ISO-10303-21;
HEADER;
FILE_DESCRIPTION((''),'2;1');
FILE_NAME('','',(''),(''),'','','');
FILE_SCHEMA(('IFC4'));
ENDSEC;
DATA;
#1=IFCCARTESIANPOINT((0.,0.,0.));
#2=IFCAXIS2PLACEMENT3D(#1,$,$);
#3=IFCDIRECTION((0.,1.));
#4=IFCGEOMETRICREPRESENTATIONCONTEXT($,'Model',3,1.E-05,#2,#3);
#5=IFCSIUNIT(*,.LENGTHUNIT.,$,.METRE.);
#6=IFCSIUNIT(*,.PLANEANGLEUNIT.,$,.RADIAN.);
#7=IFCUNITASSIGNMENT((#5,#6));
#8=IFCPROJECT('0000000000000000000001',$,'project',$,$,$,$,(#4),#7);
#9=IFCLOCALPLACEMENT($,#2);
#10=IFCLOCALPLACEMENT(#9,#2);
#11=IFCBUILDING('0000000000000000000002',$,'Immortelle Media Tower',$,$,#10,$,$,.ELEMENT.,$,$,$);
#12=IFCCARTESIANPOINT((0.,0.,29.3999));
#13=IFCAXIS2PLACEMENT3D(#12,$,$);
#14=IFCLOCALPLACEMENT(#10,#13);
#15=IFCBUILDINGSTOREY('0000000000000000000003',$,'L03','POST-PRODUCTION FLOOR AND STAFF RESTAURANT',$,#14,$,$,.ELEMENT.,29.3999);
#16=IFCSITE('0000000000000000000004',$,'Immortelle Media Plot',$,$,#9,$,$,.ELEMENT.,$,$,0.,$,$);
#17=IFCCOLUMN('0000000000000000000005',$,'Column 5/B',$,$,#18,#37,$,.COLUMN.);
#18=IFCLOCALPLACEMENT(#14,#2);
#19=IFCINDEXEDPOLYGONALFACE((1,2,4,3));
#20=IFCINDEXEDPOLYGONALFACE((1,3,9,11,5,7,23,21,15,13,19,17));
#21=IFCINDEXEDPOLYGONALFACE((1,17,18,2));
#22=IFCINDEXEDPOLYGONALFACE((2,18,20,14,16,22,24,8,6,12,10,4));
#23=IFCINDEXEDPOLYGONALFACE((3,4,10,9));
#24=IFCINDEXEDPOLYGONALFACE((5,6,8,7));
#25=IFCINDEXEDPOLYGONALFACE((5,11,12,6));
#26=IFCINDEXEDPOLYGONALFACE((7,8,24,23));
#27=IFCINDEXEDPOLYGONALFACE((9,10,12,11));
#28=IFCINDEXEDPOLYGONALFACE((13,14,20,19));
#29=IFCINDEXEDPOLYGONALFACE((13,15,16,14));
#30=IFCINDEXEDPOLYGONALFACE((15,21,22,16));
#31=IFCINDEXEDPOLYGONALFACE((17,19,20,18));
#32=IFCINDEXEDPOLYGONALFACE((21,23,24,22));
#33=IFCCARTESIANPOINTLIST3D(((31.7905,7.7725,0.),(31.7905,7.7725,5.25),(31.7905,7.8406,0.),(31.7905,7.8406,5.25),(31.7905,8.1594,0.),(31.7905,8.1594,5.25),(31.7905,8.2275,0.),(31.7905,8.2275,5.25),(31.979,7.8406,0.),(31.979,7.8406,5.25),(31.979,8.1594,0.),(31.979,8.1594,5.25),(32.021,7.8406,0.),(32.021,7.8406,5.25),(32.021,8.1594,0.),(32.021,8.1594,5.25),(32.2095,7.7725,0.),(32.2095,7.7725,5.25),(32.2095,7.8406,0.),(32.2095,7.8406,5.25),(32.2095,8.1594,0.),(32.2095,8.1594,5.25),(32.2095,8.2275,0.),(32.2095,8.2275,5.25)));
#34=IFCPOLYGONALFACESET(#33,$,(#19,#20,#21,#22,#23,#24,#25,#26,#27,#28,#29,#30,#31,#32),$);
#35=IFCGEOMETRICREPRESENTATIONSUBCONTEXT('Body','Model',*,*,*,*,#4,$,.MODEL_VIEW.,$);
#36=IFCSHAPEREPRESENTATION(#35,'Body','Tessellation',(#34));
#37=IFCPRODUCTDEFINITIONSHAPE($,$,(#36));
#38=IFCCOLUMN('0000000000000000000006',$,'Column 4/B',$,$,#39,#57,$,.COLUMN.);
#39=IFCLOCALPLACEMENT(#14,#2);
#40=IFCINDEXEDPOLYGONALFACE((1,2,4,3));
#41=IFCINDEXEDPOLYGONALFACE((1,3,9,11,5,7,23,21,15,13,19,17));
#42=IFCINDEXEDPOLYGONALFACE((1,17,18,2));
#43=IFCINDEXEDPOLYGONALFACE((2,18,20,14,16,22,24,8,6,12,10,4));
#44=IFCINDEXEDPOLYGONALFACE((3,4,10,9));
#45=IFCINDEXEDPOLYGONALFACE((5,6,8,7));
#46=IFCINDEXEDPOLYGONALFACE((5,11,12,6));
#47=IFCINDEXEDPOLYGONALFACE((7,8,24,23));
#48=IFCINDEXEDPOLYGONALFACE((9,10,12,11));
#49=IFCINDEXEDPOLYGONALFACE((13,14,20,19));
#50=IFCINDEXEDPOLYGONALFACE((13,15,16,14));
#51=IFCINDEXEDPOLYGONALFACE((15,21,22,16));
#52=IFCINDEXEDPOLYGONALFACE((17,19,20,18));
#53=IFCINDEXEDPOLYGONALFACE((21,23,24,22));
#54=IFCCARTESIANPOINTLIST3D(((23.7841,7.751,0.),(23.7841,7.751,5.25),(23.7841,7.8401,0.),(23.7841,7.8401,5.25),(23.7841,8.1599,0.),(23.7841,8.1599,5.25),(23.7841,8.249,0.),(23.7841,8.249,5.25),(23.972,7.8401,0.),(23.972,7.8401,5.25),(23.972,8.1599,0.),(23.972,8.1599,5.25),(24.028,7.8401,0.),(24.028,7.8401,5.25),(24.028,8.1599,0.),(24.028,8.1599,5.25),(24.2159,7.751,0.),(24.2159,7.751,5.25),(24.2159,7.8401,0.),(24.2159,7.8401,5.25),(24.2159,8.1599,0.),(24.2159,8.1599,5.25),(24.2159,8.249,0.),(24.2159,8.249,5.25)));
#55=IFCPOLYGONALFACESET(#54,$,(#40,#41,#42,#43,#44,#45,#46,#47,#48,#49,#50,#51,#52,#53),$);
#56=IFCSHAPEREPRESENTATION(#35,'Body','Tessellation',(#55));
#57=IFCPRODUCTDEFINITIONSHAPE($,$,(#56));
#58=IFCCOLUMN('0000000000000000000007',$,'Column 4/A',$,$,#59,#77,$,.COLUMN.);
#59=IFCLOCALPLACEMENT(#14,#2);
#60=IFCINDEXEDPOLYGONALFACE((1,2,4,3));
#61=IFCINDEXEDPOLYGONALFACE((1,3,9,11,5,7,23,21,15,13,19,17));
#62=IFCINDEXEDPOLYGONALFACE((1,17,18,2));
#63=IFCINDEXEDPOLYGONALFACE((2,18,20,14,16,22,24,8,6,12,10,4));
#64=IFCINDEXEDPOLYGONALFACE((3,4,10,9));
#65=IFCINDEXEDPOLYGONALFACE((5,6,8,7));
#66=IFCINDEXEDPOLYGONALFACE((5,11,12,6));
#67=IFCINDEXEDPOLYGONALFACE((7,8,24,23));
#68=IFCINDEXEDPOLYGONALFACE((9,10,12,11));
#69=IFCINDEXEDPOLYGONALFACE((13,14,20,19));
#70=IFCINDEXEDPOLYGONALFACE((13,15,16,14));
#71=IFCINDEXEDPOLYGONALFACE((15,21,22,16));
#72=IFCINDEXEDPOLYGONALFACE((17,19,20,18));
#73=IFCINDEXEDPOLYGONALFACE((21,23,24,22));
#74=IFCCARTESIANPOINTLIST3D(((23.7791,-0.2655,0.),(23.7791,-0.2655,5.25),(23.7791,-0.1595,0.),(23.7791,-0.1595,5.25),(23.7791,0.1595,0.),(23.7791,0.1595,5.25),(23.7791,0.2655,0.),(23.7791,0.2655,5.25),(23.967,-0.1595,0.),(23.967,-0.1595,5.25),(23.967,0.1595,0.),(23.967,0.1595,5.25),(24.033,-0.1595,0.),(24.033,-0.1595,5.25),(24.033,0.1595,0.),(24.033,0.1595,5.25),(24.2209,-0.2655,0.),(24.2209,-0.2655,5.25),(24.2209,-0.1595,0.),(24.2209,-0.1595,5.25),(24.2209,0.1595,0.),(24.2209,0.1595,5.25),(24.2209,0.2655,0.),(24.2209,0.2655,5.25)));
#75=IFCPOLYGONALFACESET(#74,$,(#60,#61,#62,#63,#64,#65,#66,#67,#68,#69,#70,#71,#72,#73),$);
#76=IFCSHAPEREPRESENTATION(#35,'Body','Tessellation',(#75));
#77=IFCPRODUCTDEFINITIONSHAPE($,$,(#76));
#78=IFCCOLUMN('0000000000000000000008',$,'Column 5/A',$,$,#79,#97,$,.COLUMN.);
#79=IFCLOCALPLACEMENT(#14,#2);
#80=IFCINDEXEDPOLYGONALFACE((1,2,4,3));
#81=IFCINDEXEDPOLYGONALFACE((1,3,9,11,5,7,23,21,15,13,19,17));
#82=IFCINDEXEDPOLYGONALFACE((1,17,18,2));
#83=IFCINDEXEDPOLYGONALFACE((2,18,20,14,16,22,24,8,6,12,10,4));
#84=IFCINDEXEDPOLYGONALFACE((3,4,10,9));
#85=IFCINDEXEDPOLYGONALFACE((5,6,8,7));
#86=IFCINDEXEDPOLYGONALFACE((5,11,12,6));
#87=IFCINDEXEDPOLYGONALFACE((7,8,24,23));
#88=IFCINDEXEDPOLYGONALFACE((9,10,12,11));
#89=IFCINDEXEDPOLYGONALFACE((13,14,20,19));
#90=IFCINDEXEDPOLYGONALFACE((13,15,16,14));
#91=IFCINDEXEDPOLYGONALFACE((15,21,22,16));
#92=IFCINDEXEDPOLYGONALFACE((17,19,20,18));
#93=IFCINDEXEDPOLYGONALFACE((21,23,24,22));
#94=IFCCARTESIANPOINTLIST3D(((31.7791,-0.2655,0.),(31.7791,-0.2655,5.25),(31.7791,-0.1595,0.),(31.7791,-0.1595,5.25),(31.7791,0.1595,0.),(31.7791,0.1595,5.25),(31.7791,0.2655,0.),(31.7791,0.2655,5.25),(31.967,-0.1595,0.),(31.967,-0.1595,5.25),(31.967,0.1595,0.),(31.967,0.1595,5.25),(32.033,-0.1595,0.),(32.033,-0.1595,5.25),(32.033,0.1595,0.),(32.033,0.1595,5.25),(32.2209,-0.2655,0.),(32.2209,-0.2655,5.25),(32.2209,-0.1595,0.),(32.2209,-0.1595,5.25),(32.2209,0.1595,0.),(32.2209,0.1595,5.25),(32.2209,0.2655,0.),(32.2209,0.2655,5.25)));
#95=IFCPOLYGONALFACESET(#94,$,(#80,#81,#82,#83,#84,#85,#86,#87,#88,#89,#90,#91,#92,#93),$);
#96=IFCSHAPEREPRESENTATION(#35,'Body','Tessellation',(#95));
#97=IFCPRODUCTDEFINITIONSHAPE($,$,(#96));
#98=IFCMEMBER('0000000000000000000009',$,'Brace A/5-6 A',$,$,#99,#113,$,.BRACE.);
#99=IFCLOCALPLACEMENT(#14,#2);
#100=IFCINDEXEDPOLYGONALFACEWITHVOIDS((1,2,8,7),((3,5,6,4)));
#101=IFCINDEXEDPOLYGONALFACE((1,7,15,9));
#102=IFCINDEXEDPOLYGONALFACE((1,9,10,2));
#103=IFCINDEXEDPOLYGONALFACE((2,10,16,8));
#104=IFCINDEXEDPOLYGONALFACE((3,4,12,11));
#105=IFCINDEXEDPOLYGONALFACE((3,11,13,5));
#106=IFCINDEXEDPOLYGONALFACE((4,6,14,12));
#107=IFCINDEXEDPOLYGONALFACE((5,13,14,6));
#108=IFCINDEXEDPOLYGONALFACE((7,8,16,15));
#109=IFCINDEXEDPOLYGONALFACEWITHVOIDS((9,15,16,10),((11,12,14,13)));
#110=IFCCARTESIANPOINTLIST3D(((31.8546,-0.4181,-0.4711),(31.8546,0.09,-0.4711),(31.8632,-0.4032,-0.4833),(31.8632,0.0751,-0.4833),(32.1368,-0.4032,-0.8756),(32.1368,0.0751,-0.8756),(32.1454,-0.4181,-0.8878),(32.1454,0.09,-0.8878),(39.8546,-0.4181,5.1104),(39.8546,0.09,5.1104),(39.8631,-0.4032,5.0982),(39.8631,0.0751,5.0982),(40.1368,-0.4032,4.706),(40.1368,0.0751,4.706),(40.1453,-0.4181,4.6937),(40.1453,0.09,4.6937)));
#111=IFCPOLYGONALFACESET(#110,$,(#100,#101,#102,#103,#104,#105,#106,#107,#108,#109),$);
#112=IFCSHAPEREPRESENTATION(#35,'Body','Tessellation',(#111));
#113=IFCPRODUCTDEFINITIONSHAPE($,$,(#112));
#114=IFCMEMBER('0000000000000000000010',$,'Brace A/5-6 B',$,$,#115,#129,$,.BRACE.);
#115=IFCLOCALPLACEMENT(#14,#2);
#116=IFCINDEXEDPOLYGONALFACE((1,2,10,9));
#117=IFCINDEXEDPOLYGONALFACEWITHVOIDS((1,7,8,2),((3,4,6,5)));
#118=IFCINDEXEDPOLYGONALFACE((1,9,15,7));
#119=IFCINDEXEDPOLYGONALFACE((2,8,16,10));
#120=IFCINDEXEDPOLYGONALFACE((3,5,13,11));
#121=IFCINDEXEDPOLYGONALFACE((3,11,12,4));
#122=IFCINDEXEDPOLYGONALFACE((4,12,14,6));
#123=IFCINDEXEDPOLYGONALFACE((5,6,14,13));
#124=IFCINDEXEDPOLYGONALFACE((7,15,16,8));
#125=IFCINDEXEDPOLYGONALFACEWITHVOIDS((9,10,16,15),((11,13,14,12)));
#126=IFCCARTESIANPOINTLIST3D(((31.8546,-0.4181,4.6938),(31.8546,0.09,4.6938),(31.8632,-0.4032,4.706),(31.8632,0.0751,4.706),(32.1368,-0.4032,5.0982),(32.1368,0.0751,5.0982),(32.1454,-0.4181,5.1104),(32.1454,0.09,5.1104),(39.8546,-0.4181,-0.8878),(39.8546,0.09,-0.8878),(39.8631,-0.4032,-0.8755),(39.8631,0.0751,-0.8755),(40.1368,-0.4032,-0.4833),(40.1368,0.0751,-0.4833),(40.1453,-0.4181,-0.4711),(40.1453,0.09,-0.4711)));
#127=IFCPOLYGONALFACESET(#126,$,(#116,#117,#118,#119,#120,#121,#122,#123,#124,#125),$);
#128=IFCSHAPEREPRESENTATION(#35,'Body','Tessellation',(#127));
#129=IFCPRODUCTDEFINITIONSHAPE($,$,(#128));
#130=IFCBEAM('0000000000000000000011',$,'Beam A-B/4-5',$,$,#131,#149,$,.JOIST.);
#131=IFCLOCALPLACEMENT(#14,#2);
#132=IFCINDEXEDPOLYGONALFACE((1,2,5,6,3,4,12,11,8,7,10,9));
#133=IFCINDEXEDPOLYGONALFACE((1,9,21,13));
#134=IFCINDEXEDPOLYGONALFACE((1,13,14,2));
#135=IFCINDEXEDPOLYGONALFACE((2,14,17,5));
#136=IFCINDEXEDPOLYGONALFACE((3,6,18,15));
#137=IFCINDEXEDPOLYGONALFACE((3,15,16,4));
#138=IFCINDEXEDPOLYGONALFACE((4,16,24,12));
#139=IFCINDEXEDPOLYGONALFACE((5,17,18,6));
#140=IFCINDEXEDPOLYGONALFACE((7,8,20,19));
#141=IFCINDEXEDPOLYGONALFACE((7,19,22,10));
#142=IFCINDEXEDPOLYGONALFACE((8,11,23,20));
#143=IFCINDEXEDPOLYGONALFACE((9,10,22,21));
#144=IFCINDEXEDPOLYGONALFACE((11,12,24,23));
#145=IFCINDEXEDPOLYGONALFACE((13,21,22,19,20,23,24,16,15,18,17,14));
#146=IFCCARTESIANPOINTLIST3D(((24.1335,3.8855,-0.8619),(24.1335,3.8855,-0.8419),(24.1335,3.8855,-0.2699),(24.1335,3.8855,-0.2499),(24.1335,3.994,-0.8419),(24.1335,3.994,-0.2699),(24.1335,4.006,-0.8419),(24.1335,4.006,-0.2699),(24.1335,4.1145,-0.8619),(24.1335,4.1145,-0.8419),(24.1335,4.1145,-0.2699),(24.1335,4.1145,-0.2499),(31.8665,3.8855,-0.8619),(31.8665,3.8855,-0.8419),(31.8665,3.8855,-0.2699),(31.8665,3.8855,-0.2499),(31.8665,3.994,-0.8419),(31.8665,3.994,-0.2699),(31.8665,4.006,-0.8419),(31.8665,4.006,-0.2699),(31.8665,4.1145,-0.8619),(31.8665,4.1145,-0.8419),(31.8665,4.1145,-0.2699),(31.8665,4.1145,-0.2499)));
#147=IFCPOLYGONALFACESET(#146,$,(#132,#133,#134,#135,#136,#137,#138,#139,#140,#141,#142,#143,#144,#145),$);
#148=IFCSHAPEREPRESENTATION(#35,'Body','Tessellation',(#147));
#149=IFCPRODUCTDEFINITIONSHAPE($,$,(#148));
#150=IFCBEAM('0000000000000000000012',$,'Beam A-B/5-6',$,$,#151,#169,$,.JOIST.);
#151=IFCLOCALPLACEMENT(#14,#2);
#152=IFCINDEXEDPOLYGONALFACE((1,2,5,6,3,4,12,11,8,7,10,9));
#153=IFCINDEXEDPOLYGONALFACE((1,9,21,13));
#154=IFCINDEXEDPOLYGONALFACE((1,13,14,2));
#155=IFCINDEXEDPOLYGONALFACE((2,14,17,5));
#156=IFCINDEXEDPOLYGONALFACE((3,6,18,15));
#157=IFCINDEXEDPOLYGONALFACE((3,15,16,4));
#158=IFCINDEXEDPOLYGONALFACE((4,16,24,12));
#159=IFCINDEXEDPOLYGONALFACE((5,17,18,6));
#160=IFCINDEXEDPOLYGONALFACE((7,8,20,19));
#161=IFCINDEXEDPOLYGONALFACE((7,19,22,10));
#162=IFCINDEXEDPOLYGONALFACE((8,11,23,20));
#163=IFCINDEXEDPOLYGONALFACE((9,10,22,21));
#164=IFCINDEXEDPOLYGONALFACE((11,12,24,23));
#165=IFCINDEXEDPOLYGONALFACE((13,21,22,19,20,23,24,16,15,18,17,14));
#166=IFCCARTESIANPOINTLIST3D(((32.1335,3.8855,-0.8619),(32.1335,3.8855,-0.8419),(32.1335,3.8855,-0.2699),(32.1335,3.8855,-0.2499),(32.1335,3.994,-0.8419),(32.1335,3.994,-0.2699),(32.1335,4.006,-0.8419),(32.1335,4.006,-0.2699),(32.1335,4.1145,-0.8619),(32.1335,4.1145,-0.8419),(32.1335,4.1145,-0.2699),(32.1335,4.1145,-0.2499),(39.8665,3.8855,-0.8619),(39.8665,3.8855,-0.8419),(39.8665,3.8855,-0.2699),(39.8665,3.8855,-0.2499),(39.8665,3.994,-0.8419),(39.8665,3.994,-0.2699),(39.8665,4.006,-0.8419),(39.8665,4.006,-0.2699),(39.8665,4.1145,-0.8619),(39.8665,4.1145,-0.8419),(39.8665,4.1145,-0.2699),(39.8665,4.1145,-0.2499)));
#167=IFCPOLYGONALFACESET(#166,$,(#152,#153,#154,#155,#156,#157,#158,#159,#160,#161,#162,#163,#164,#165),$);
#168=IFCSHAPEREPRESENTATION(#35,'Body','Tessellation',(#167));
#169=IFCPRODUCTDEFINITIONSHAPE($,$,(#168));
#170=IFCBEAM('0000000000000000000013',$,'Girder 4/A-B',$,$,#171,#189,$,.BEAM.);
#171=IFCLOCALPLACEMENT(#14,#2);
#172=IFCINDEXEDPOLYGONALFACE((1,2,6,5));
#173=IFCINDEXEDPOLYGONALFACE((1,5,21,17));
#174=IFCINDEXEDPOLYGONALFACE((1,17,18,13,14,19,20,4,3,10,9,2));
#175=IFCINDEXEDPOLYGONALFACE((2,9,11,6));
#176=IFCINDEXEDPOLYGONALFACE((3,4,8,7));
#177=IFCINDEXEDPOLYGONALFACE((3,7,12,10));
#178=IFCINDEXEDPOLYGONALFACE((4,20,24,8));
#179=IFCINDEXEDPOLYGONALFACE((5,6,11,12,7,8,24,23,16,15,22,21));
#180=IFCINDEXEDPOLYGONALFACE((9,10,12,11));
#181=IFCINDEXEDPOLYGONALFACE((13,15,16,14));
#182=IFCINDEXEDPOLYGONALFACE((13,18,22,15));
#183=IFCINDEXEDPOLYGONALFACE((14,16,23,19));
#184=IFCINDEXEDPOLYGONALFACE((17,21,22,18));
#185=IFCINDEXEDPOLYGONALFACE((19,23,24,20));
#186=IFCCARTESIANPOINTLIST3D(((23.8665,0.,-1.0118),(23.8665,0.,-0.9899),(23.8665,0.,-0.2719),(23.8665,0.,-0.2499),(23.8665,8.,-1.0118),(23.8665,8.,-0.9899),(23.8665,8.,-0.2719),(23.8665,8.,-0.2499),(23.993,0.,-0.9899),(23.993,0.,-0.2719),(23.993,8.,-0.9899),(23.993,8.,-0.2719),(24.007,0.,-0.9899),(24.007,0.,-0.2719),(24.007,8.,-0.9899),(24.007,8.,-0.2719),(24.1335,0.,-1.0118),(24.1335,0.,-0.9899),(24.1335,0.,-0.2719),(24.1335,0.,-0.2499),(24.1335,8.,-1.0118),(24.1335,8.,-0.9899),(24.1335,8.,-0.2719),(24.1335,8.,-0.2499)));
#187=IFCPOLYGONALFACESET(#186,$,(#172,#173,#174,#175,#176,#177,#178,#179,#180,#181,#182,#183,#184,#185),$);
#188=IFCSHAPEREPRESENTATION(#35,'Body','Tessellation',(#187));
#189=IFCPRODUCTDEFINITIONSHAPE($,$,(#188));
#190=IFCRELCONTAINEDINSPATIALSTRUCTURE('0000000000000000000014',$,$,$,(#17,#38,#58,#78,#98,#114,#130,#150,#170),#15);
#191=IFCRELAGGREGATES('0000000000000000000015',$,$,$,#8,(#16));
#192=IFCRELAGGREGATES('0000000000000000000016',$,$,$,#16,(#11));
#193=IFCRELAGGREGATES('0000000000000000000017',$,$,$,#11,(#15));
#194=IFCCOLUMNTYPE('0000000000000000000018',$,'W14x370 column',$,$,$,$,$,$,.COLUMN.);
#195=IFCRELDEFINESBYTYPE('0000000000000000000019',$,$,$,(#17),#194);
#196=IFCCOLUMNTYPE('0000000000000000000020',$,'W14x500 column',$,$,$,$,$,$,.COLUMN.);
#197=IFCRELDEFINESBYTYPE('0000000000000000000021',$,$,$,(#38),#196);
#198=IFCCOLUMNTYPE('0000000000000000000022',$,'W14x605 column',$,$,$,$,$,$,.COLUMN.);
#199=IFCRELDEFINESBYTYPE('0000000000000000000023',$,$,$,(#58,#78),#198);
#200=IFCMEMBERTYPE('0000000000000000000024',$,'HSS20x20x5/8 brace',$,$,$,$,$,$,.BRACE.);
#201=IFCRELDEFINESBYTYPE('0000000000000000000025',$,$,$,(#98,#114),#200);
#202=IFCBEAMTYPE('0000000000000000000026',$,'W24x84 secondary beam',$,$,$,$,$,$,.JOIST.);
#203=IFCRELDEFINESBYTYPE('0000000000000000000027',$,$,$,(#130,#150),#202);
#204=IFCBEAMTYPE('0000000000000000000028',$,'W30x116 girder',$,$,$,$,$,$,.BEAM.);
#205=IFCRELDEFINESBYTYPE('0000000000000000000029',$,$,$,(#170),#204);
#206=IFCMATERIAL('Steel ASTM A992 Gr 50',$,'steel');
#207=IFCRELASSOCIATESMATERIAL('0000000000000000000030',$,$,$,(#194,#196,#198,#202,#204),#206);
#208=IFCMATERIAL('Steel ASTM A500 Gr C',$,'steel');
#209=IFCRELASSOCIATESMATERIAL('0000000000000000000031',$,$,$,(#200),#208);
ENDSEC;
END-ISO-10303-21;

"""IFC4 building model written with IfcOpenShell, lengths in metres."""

from ifc_helpers import new_model, si_unit, direction, frame, origin, origin_2d, place, context, subcontext, project, spatial, hollow_rectangle, i_section, extrude, material, material_profile, profile_set, type_object, element, save


model = new_model("IFC4")

# Units and contexts
model_context = context("Model", 3, precision=1e-05, world=origin(), true_north=direction((0.0, 1.0)))
body_context = subcontext(model_context, "Body", "Model", "MODEL_VIEW")
ifc_project = project(units=[si_unit("LENGTHUNIT", "METRE"), si_unit("PLANEANGLEUNIT", "RADIAN")], contexts=[model_context])

# Site, building, storey
site_placement = place(None, origin())
site = spatial("IfcSite", under=ifc_project, at=site_placement, Name="Immortelle Media Plot", CompositionType="ELEMENT", RefElevation=0.0)
building_placement = place(site_placement, origin())
building = spatial("IfcBuilding", under=site, at=building_placement, Name="Immortelle Media Tower", CompositionType="ELEMENT")
storey_placement = place(building_placement, frame((0.0, 0.0, 29.3999)))
storey = spatial("IfcBuildingStorey", under=building, at=storey_placement, Name="L03", Description="POST-PRODUCTION FLOOR AND STAFF RESTAURANT", CompositionType="ELEMENT", Elevation=29.3999)

# Columns
ifc_material_1 = material(Name="Steel ASTM A992 Gr 50", Category="steel")
ifc_material_profile_1 = material_profile(ifc_material_1, i_section(OverallWidth=0.4189, OverallDepth=0.4551, WebThickness=0.042, FlangeThickness=0.0681, at=origin_2d()), Name="W14x370")
ifc_profile_set_1 = profile_set([ifc_material_profile_1], Name="Steel ASTM A992 Gr 50")
column_type_1 = type_object("IfcColumnType", Name="W14x370 column", PredefinedType="COLUMN", material=ifc_profile_set_1)
column_1_placement = place(storey_placement, frame((32.0, 8.0, 0.0), z_axis=(0.0, 0.0, 1.0), x_axis=(1.0, 0.0, 0.0)))
element("IfcColumn", 1, at=column_1_placement, inside=storey, type_object=column_type_1, Name="Column 5/B", PredefinedType="COLUMN", context=body_context, shape_type="SweptSolid", body=[
    extrude(i_section(OverallWidth=0.4189, OverallDepth=0.4551, WebThickness=0.042, FlangeThickness=0.0681, at=origin_2d()), origin(), (0.0, 0.0, 1.0), 5.25),
])
ifc_material_profile_2 = material_profile(ifc_material_1, i_section(OverallWidth=0.4319, OverallDepth=0.498, WebThickness=0.0559, FlangeThickness=0.0891, at=origin_2d()), Name="W14x500")
ifc_profile_set_2 = profile_set([ifc_material_profile_2], Name="Steel ASTM A992 Gr 50")
column_type_2 = type_object("IfcColumnType", Name="W14x500 column", PredefinedType="COLUMN", material=ifc_profile_set_2)
column_2_placement = place(storey_placement, frame((24.0, 8.0, 0.0), z_axis=(0.0, 0.0, 1.0), x_axis=(1.0, 0.0, 0.0)))
element("IfcColumn", 2, at=column_2_placement, inside=storey, type_object=column_type_2, Name="Column 4/B", PredefinedType="COLUMN", context=body_context, shape_type="SweptSolid", body=[
    extrude(i_section(OverallWidth=0.4319, OverallDepth=0.498, WebThickness=0.0559, FlangeThickness=0.0891, at=origin_2d()), origin(), (0.0, 0.0, 1.0), 5.25),
])
ifc_material_profile_3 = material_profile(ifc_material_1, i_section(OverallWidth=0.4419, OverallDepth=0.531, WebThickness=0.0659, FlangeThickness=0.106, at=origin_2d()), Name="W14x605")
ifc_profile_set_3 = profile_set([ifc_material_profile_3], Name="Steel ASTM A992 Gr 50")
column_type_3 = type_object("IfcColumnType", Name="W14x605 column", PredefinedType="COLUMN", material=ifc_profile_set_3)
for number, where, z_axis, x_axis, name in (
    (3, (24.0, 0.0, 0.0), (0.0, 0.0, 1.0), (1.0, 0.0, 0.0), "Column 4/A"),
    (4, (32.0, 0.0, 0.0), (0.0, 0.0, 1.0), (1.0, 0.0, 0.0), "Column 5/A"),
):
    element("IfcColumn", number, at=place(storey_placement, frame(where, z_axis=z_axis, x_axis=x_axis)), inside=storey, type_object=column_type_3, Name=name, PredefinedType="COLUMN", context=body_context, shape_type="SweptSolid", body=[
        extrude(i_section(OverallWidth=0.4419, OverallDepth=0.531, WebThickness=0.0659, FlangeThickness=0.106, at=origin_2d()), origin(), (0.0, 0.0, 1.0), 5.25),
    ])

# Members
ifc_material_2 = material(Name="Steel ASTM A500 Gr C", Category="steel")
ifc_material_profile_4 = material_profile(ifc_material_2, hollow_rectangle(XDim=0.5081, YDim=0.5081, WallThickness=0.0149, at=origin_2d()), Name="HSS20x20x5/8 brace")
ifc_profile_set_4 = profile_set([ifc_material_profile_4], Name="Steel ASTM A500 Gr C")
member_type = type_object("IfcMemberType", Name="HSS20x20x5/8 brace", PredefinedType="BRACE", material=ifc_profile_set_4)
for number, where, z_axis, x_axis, name in (
    (5, (32.0, -0.1641, -0.6794), (0.82012, 0.0, 0.572192), (0.0, 1.0, 0.0), "Brace A/5-6 A"),
    (6, (32.0, -0.1641, 4.9021), (0.82012, 0.0, -0.572192), (0.0, 1.0, 0.0), "Brace A/5-6 B"),
):
    element("IfcMember", number, at=place(storey_placement, frame(where, z_axis=z_axis, x_axis=x_axis)), inside=storey, type_object=member_type, Name=name, PredefinedType="BRACE", context=body_context, shape_type="SweptSolid", body=[
        extrude(hollow_rectangle(XDim=0.5081, YDim=0.5081, WallThickness=0.0149, at=origin_2d()), origin(), (0.0, 0.0, 1.0), 9.7546),
    ])

# Beams
ifc_material_profile_5 = material_profile(ifc_material_1, i_section(OverallWidth=0.229, OverallDepth=0.6121, WebThickness=0.012, FlangeThickness=0.02, at=origin_2d()), Name="W24x84")
ifc_profile_set_5 = profile_set([ifc_material_profile_5], Name="Steel ASTM A992 Gr 50")
beam_type_1 = type_object("IfcBeamType", Name="W24x84 secondary beam", PredefinedType="JOIST", material=ifc_profile_set_5)
for number, where, z_axis, x_axis, name in (
    (7, (24.1335, 4.0, -0.5559), (1.0, 0.0, 0.0), (0.0, 1.0, 0.0), "Beam A-B/4-5"),
    (8, (32.1335, 4.0, -0.5559), (1.0, 0.0, 0.0), (0.0, 1.0, 0.0), "Beam A-B/5-6"),
):
    element("IfcBeam", number, at=place(storey_placement, frame(where, z_axis=z_axis, x_axis=x_axis)), inside=storey, type_object=beam_type_1, Name=name, PredefinedType="JOIST", context=body_context, shape_type="SweptSolid", body=[
        extrude(i_section(OverallWidth=0.229, OverallDepth=0.6121, WebThickness=0.012, FlangeThickness=0.02, at=origin_2d()), origin(), (0.0, 0.0, 1.0), 7.7329),
    ])
ifc_material_profile_6 = material_profile(ifc_material_1, i_section(OverallWidth=0.2671, OverallDepth=0.762, WebThickness=0.0139, FlangeThickness=0.022, at=origin_2d()), Name="W30x116")
ifc_profile_set_6 = profile_set([ifc_material_profile_6], Name="Steel ASTM A992 Gr 50")
beam_type_2 = type_object("IfcBeamType", Name="W30x116 girder", PredefinedType="BEAM", material=ifc_profile_set_6)
for number, where, z_axis, x_axis, name in (
    (9, (24.0, 0.0, -0.6309), (0.0, 1.0, 0.0), (-1.0, 0.0, 0.0), "Girder 4/A-B"),
):
    element("IfcBeam", number, at=place(storey_placement, frame(where, z_axis=z_axis, x_axis=x_axis)), inside=storey, type_object=beam_type_2, Name=name, PredefinedType="BEAM", context=body_context, shape_type="SweptSolid", body=[
        extrude(i_section(OverallWidth=0.2671, OverallDepth=0.762, WebThickness=0.0139, FlangeThickness=0.022, at=origin_2d()), origin(), (0.0, 0.0, 1.0), 8.0),
    ])

save(model, "model.ifc")
